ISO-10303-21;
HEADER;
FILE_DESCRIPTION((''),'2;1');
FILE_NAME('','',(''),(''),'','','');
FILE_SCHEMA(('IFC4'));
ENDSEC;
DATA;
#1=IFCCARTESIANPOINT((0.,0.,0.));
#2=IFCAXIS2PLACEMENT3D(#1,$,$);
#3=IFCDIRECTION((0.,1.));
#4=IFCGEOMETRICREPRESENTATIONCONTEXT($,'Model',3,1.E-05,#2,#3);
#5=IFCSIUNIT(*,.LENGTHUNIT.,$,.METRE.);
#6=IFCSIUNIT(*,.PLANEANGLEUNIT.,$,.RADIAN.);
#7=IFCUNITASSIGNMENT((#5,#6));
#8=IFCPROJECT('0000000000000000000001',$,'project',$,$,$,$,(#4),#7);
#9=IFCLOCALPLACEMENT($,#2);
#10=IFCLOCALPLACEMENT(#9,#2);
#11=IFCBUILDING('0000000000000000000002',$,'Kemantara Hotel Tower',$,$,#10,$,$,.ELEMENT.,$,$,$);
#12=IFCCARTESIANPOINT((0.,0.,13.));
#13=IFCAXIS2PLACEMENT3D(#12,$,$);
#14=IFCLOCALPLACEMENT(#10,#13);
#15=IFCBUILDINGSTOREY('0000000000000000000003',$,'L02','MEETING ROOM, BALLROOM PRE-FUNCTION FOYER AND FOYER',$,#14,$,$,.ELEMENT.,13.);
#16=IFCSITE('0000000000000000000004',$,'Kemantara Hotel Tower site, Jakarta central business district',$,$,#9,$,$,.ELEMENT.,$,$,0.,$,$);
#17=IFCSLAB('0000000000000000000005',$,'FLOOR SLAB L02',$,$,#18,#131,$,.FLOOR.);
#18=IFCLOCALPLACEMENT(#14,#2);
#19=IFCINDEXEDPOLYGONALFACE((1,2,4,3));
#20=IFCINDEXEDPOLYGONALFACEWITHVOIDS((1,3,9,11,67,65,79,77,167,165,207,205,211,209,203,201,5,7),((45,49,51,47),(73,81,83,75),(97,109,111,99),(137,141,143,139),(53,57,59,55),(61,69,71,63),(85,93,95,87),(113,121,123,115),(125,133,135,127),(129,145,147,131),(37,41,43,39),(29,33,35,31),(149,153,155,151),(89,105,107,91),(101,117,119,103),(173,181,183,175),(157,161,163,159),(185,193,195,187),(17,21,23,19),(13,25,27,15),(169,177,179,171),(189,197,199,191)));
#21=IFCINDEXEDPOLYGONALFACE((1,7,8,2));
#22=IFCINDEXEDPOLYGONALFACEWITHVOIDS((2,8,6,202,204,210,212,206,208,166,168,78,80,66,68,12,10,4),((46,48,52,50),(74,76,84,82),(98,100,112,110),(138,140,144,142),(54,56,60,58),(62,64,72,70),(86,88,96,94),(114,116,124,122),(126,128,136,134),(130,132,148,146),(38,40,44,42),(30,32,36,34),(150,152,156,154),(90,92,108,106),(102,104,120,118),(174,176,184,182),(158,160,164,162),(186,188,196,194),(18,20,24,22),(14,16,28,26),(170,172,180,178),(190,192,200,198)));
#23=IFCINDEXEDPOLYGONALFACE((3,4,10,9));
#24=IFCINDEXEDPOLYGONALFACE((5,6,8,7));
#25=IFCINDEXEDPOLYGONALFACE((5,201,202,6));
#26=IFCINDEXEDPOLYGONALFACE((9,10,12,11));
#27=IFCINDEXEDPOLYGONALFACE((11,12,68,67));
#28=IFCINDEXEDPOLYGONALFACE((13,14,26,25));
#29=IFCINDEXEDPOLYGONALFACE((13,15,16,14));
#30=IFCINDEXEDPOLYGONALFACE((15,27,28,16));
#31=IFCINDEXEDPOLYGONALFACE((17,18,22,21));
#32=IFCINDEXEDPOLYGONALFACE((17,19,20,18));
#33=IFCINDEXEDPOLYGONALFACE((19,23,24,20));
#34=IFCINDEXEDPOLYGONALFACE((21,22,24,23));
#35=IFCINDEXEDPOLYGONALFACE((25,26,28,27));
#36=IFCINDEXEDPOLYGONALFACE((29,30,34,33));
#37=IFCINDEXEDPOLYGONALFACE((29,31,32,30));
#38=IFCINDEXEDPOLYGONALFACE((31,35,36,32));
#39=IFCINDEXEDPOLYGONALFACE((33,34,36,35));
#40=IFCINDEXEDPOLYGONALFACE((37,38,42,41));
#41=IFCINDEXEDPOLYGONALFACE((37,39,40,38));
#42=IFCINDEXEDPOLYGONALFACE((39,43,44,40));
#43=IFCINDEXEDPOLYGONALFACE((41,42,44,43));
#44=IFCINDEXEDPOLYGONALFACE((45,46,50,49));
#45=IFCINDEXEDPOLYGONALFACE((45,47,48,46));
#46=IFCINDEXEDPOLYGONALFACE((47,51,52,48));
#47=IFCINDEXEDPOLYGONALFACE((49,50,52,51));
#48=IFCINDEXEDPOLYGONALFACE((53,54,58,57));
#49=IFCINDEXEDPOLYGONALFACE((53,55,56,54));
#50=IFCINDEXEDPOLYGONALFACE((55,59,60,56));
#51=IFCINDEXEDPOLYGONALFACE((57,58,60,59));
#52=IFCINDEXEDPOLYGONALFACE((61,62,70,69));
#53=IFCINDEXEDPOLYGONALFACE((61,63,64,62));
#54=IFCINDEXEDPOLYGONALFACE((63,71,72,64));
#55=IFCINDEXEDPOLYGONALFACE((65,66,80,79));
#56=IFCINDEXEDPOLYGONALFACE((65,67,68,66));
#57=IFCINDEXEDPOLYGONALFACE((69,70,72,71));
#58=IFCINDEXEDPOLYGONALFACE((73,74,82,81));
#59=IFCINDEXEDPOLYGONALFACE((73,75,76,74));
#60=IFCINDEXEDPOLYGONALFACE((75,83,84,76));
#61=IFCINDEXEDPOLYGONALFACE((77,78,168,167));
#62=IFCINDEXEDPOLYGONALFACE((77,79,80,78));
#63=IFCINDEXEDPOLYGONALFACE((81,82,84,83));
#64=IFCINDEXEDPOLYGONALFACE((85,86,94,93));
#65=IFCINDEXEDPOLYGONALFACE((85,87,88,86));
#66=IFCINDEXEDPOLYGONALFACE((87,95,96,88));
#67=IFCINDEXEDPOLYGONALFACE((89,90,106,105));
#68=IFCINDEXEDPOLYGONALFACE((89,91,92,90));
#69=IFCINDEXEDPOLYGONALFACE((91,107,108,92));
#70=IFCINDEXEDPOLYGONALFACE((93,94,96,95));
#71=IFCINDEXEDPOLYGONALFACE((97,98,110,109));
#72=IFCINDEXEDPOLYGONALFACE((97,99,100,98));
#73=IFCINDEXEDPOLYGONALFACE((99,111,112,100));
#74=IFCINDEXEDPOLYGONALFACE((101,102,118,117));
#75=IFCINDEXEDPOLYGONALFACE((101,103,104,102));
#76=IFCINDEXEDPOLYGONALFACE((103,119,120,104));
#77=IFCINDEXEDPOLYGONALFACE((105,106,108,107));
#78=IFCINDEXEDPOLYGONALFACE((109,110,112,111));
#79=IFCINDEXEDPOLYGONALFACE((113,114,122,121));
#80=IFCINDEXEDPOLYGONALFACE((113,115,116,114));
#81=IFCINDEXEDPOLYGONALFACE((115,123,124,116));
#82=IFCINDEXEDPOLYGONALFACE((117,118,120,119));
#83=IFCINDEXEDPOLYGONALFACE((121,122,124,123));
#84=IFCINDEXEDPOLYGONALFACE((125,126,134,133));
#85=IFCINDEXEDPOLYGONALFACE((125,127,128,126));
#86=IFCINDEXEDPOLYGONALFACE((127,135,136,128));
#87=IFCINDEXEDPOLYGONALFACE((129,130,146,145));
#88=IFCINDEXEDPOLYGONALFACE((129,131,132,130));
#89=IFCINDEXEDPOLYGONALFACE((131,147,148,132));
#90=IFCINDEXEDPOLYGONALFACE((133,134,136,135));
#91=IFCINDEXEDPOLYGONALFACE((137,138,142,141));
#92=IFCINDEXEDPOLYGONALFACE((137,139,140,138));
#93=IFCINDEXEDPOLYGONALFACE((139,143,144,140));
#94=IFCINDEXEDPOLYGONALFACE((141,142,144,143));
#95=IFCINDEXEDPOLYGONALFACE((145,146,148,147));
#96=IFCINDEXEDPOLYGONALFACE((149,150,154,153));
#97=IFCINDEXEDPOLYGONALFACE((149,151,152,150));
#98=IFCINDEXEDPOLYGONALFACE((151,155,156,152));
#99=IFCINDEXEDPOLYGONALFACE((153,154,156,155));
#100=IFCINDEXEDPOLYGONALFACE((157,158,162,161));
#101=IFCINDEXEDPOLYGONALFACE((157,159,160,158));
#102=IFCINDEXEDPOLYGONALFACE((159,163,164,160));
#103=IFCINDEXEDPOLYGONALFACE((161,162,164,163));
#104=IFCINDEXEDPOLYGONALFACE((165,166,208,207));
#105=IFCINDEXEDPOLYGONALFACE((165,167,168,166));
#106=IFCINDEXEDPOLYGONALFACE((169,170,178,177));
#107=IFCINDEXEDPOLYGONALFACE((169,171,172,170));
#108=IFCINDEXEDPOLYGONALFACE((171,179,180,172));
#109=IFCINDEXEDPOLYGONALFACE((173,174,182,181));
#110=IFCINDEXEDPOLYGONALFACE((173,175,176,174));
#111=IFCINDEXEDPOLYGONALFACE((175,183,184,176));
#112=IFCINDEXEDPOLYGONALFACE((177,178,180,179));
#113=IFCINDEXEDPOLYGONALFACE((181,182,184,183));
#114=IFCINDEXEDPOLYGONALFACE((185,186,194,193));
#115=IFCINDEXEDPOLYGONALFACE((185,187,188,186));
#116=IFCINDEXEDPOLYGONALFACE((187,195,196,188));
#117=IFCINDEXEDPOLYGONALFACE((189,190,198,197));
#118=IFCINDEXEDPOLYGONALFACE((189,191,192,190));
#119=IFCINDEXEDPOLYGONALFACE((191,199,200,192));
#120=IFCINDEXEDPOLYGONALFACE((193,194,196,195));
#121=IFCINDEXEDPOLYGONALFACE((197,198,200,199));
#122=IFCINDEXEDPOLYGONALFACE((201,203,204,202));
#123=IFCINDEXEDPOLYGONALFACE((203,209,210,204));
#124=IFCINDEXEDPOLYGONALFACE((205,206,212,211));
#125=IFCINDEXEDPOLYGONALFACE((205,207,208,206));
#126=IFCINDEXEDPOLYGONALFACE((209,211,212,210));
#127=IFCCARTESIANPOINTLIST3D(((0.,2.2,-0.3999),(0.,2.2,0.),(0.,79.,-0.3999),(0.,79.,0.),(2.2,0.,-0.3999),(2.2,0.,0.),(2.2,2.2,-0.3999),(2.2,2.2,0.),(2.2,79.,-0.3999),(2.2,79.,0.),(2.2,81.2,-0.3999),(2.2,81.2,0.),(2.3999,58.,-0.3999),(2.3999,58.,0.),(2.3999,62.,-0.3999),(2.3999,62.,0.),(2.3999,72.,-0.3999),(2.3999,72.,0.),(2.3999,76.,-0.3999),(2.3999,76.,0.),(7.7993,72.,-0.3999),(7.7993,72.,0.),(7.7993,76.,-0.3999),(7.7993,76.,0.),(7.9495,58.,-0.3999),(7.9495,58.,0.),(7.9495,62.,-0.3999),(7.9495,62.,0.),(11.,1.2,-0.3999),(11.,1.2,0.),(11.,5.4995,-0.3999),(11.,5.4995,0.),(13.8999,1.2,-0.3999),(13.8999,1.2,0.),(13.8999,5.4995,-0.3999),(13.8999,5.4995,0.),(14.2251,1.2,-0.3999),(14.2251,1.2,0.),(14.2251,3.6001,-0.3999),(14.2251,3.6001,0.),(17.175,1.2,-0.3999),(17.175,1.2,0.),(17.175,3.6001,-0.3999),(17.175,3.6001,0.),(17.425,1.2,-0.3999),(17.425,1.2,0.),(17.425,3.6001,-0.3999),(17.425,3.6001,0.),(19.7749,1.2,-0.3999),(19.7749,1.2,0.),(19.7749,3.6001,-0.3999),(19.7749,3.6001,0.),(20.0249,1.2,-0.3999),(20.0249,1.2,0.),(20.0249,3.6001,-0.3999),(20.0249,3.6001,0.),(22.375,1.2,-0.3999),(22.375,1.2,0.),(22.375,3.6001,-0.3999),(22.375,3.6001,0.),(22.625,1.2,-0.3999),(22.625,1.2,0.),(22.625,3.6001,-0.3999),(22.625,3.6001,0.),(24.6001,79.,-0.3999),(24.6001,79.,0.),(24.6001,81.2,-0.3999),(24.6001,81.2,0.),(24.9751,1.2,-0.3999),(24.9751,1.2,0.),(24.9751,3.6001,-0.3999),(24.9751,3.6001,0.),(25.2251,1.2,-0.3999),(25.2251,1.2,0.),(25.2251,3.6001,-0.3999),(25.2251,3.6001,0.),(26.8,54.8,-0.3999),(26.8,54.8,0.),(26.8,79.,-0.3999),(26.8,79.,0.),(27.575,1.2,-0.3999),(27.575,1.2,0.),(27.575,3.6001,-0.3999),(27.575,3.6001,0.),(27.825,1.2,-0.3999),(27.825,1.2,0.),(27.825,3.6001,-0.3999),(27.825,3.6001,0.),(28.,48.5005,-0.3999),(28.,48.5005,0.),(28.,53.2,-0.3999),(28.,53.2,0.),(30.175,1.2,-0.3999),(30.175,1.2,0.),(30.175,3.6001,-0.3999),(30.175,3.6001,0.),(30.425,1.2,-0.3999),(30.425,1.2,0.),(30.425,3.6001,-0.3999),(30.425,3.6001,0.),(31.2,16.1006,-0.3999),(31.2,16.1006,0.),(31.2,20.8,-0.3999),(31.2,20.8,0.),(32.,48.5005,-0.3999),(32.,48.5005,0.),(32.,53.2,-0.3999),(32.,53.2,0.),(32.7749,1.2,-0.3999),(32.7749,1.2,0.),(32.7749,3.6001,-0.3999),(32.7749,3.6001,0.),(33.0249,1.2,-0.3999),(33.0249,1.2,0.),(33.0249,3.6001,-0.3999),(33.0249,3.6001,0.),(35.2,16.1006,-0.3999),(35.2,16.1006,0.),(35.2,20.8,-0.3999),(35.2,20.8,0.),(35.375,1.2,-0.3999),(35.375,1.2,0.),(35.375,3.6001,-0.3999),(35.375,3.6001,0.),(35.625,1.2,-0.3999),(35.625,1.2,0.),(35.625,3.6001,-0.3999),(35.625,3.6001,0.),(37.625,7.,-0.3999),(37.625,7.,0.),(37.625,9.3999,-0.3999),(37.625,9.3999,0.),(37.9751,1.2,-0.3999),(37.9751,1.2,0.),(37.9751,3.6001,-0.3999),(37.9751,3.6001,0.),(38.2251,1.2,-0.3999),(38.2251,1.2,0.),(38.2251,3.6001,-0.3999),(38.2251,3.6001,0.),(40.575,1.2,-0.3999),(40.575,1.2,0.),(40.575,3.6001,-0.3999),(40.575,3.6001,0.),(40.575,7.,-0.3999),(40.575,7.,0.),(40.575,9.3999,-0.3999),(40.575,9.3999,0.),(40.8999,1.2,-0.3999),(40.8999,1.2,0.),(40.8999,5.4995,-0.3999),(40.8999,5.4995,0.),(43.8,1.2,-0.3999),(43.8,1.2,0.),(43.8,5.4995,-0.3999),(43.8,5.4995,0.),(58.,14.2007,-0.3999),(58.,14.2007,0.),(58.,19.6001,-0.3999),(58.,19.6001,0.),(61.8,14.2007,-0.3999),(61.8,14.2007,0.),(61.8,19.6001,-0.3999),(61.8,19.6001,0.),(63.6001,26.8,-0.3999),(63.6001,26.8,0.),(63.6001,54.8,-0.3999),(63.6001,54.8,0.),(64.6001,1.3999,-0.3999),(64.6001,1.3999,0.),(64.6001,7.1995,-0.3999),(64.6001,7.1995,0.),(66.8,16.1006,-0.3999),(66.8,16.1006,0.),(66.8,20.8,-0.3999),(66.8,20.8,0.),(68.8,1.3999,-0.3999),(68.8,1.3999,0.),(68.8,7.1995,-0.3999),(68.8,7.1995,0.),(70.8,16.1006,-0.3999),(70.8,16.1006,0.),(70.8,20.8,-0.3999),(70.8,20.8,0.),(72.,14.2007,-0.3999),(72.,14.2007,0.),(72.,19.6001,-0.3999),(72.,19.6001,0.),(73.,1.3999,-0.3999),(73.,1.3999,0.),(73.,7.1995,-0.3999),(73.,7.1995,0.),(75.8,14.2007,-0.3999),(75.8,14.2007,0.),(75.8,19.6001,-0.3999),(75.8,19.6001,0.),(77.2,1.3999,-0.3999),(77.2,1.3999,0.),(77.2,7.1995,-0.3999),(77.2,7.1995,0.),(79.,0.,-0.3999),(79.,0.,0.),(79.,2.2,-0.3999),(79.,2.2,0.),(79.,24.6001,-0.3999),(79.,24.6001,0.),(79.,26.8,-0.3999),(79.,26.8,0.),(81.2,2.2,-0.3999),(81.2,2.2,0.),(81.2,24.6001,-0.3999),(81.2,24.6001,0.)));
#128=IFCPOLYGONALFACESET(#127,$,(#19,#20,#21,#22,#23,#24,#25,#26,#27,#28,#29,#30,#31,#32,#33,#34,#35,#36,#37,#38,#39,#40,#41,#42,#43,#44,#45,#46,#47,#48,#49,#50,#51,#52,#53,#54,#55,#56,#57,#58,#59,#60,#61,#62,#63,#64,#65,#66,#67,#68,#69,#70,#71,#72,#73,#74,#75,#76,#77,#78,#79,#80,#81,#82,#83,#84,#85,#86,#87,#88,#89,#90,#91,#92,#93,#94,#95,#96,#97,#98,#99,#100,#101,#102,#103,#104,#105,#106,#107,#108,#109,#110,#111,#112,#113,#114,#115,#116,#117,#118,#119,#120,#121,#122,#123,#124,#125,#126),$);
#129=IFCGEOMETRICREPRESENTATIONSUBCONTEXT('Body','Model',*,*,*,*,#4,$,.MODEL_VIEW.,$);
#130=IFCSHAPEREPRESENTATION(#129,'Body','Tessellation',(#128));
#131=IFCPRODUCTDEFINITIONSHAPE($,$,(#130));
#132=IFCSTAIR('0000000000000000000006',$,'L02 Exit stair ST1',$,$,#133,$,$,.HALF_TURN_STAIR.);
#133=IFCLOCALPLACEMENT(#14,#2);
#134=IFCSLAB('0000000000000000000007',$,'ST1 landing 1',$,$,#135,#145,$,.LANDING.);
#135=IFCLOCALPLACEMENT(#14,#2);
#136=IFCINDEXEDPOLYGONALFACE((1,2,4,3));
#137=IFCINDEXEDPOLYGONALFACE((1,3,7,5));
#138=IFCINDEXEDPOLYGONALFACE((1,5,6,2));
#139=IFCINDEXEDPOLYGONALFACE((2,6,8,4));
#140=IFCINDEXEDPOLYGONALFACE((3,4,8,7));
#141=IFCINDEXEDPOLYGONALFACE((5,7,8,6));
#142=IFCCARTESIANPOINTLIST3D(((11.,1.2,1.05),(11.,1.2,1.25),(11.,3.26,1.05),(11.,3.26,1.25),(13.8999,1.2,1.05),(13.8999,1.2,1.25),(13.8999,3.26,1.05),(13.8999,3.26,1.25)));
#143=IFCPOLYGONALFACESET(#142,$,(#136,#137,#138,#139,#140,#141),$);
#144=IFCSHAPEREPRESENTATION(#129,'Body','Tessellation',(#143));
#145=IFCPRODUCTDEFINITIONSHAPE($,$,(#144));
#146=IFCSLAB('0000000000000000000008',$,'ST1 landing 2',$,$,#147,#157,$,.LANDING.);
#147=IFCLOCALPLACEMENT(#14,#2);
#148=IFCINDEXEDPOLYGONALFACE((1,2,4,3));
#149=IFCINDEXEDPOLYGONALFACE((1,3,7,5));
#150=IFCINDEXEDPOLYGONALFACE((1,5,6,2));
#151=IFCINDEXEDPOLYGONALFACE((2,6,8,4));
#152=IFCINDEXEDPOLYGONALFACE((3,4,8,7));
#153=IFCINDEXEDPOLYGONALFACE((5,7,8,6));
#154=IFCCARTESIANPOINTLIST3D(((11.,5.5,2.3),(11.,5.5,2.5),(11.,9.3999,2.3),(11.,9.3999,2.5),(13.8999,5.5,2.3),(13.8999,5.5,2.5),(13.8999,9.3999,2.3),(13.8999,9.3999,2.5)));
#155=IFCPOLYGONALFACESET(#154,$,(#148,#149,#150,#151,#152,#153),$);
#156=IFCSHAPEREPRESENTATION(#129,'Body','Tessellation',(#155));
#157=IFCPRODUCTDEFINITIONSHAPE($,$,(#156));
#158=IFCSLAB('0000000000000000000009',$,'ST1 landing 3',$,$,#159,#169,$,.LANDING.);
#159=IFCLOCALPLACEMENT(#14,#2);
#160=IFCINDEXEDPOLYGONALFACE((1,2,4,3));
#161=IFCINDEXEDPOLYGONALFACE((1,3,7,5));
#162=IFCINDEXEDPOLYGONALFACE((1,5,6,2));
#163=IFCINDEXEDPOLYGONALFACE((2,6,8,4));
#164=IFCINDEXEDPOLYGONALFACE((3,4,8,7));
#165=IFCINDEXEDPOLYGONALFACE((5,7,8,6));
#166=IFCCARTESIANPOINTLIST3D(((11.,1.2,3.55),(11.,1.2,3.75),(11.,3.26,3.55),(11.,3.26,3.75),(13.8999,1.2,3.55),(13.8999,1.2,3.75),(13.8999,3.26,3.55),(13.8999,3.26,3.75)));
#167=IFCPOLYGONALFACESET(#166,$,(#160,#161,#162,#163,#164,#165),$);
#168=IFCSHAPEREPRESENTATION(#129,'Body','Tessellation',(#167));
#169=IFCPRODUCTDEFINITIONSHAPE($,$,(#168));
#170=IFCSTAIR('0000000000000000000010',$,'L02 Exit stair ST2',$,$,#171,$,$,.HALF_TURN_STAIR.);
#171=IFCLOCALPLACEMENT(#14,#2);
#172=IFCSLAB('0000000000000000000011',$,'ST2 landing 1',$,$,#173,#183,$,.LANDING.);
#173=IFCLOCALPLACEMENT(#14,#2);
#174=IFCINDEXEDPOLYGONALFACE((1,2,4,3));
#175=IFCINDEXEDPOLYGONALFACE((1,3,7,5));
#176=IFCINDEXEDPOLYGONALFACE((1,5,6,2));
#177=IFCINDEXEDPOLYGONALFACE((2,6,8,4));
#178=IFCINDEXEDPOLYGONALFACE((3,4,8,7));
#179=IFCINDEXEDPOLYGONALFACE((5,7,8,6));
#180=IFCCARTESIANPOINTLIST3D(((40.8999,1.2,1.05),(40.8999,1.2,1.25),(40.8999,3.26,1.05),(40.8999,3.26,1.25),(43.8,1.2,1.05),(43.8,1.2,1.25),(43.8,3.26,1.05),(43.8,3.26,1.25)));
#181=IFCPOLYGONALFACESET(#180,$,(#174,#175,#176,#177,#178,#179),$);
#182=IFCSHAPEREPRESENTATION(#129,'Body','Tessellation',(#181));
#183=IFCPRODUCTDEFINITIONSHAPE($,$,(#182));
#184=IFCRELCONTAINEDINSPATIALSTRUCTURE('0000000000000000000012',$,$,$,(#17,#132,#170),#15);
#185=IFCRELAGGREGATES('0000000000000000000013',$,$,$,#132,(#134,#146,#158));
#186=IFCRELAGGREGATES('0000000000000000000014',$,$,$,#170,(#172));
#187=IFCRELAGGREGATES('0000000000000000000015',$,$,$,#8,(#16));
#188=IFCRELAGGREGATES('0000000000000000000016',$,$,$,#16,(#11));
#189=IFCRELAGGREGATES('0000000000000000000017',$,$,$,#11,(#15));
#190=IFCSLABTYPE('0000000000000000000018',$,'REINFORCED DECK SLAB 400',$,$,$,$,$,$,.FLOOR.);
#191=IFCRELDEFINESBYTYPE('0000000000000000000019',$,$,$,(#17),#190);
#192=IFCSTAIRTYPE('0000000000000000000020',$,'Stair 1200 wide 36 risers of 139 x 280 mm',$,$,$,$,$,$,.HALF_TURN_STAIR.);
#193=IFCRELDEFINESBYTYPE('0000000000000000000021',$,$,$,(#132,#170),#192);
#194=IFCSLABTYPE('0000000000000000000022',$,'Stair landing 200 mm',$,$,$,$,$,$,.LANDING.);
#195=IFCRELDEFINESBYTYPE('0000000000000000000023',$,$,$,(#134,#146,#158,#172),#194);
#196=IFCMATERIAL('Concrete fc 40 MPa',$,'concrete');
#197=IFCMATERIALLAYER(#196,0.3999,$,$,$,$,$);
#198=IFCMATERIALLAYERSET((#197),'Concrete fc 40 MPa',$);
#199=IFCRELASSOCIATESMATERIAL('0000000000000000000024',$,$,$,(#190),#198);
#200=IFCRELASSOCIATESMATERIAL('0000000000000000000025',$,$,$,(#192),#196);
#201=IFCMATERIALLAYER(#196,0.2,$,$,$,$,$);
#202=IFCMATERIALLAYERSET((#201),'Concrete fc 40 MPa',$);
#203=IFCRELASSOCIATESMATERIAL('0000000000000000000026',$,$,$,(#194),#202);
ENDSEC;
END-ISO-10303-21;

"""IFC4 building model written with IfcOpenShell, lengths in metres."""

from ifc_helpers import new_model, si_unit, direction, frame, origin, place, context, subcontext, project, spatial, polyline, outline, extrude, material, layer, layer_set, type_object, element, aggregate, save


model = new_model("IFC4")

# Units and contexts
model_context = context("Model", 3, precision=1e-05, world=origin(), true_north=direction((0.0, 1.0)))
body_context = subcontext(model_context, "Body", "Model", "MODEL_VIEW")
ifc_project = project(units=[si_unit("LENGTHUNIT", "METRE"), si_unit("PLANEANGLEUNIT", "RADIAN")], contexts=[model_context])

# Site, building, storey
site_placement = place(None, origin())
site = spatial("IfcSite", under=ifc_project, at=site_placement, Name="Kemantara Hotel Tower site, Jakarta central business district", CompositionType="ELEMENT", RefElevation=0.0)
building_placement = place(site_placement, origin())
building = spatial("IfcBuilding", under=site, at=building_placement, Name="Kemantara Hotel Tower", CompositionType="ELEMENT")
storey_placement = place(building_placement, frame((0.0, 0.0, 13.0)))
storey = spatial("IfcBuildingStorey", under=building, at=storey_placement, Name="L02", Description="MEETING ROOM, BALLROOM PRE-FUNCTION FOYER AND FOYER", CompositionType="ELEMENT", Elevation=13.0)

# Slab
ifc_material = material(Name="Concrete fc 40 MPa", Category="concrete")
ifc_layer_1 = layer(ifc_material, 0.3999)
ifc_layer_set_1 = layer_set([ifc_layer_1], Name="Concrete fc 40 MPa")
slab_type_1 = type_object("IfcSlabType", Name="REINFORCED DECK SLAB 400", PredefinedType="FLOOR", material=ifc_layer_set_1)
slab_1_placement = place(storey_placement, frame((0.0, 0.0, -0.3999)))
element("IfcSlab", 1, at=slab_1_placement, inside=storey, type_object=slab_type_1, Name="FLOOR SLAB L02", PredefinedType="FLOOR", context=body_context, shape_type="SweptSolid", body=[
    extrude(outline(polyline([(0.0, 2.2), (2.2, 2.2), (2.2, 0.0), (79.0, 0.0), (79.0, 2.2), (81.2, 2.2), (81.2, 24.6001), (79.0, 24.6001), (79.0, 26.8), (63.6001, 26.8), (63.6001, 54.8), (26.8, 54.8), (26.8, 79.0), (24.6001, 79.0), (24.6001, 81.2), (2.2, 81.2), (2.2, 79.0), (0.0, 79.0), (0.0, 2.2)]), holes=[polyline([(17.175, 1.2), (14.2251, 1.2), (14.2251, 3.6001), (17.175, 3.6001), (17.175, 1.2)]), polyline([(19.7749, 1.2), (17.425, 1.2), (17.425, 3.6001), (19.7749, 3.6001), (19.7749, 1.2)]), polyline([(22.375, 1.2), (20.0249, 1.2), (20.0249, 3.6001), (22.375, 3.6001), (22.375, 1.2)]), polyline([(22.625, 1.2), (22.625, 3.6001), (24.9751, 3.6001), (24.9751, 1.2), (22.625, 1.2)]), polyline([(25.2251, 1.2), (25.2251, 3.6001), (27.575, 3.6001), (27.575, 1.2), (25.2251, 1.2)]), polyline([(30.175, 1.2), (27.825, 1.2), (27.825, 3.6001), (30.175, 3.6001), (30.175, 1.2)]), polyline([(30.425, 1.2), (30.425, 3.6001), (32.7749, 3.6001), (32.7749, 1.2), (30.425, 1.2)]), polyline([(11.0, 5.4995), (13.8999, 5.4995), (13.8999, 1.2), (11.0, 1.2), (11.0, 5.4995)]), polyline([(32.0, 53.2), (32.0, 48.5005), (28.0, 48.5005), (28.0, 53.2), (32.0, 53.2)]), polyline([(7.9495, 62.0), (7.9495, 58.0), (2.3999, 58.0), (2.3999, 62.0), (7.9495, 62.0)]), polyline([(7.7993, 76.0), (7.7993, 72.0), (2.3999, 72.0), (2.3999, 76.0), (7.7993, 76.0)]), polyline([(35.375, 1.2), (33.0249, 1.2), (33.0249, 3.6001), (35.375, 3.6001), (35.375, 1.2)]), polyline([(37.9751, 1.2), (35.625, 1.2), (35.625, 3.6001), (37.9751, 3.6001), (37.9751, 1.2)]), polyline([(40.575, 1.2), (38.2251, 1.2), (38.2251, 3.6001), (40.575, 3.6001), (40.575, 1.2)]), polyline([(40.8999, 5.4995), (43.8, 5.4995), (43.8, 1.2), (40.8999, 1.2), (40.8999, 5.4995)]), polyline([(64.6001, 7.1995), (68.8, 7.1995), (68.8, 1.3999), (64.6001, 1.3999), (64.6001, 7.1995)]), polyline([(73.0, 1.3999), (73.0, 7.1995), (77.2, 7.1995), (77.2, 1.3999), (73.0, 1.3999)]), polyline([(37.625, 7.0), (37.625, 9.3999), (40.575, 9.3999), (40.575, 7.0), (37.625, 7.0)]), polyline([(61.8, 14.2007), (58.0, 14.2007), (58.0, 19.6001), (61.8, 19.6001), (61.8, 14.2007)]), polyline([(75.8, 19.6001), (75.8, 14.2007), (72.0, 14.2007), (72.0, 19.6001), (75.8, 19.6001)]), polyline([(35.2, 16.1006), (31.2, 16.1006), (31.2, 20.8), (35.2, 20.8), (35.2, 16.1006)]), polyline([(70.8, 16.1006), (66.8, 16.1006), (66.8, 20.8), (70.8, 20.8), (70.8, 16.1006)])]), origin(), (0.0, 0.0, 1.0), 0.3999),
])

# Stairs, slabs
stair_type_1 = type_object("IfcStairType", Name="Stair 1200 wide 36 risers of 139 x 280 mm", PredefinedType="HALF_TURN_STAIR", material=ifc_material)
stair_1_placement = place(storey_placement, origin())
stair_1 = element("IfcStair", 2, at=stair_1_placement, inside=storey, type_object=stair_type_1, Name="L02 Exit stair ST1", PredefinedType="HALF_TURN_STAIR")
ifc_layer_2 = layer(ifc_material, 0.2)
ifc_layer_set_2 = layer_set([ifc_layer_2], Name="Concrete fc 40 MPa")
slab_type_2 = type_object("IfcSlabType", Name="Stair landing 200 mm", PredefinedType="LANDING", material=ifc_layer_set_2)
slab_2_placement = place(storey_placement, frame((0.0, 0.0, 1.05)))
slab_2 = element("IfcSlab", 3, at=slab_2_placement, type_object=slab_type_2, Name="ST1 landing 1", PredefinedType="LANDING", context=body_context, shape_type="SweptSolid", body=[
    extrude(outline(polyline([(11.0, 3.26), (11.0, 1.2), (13.8999, 1.2), (13.8999, 3.26), (11.0, 3.26)])), origin(), (0.0, 0.0, 1.0), 0.2),
])
slab_3_placement = place(storey_placement, frame((0.0, 0.0, 2.3)))
slab_3 = element("IfcSlab", 4, at=slab_3_placement, type_object=slab_type_2, Name="ST1 landing 2", PredefinedType="LANDING", context=body_context, shape_type="SweptSolid", body=[
    extrude(outline(polyline([(11.0, 9.3999), (11.0, 5.5), (13.8999, 5.5), (13.8999, 9.3999), (11.0, 9.3999)])), origin(), (0.0, 0.0, 1.0), 0.2),
])
slab_4_placement = place(storey_placement, frame((0.0, 0.0, 3.55)))
slab_4 = element("IfcSlab", 5, at=slab_4_placement, type_object=slab_type_2, Name="ST1 landing 3", PredefinedType="LANDING", context=body_context, shape_type="SweptSolid", body=[
    extrude(outline(polyline([(11.0, 3.26), (11.0, 1.2), (13.8999, 1.2), (13.8999, 3.26), (11.0, 3.26)])), origin(), (0.0, 0.0, 1.0), 0.2),
])
aggregate(stair_1, [slab_2, slab_3, slab_4])
stair_2_placement = place(storey_placement, origin())
stair_2 = element("IfcStair", 6, at=stair_2_placement, inside=storey, type_object=stair_type_1, Name="L02 Exit stair ST2", PredefinedType="HALF_TURN_STAIR")
slab_5_placement = place(storey_placement, frame((0.0, 0.0, 1.05)))
slab_5 = element("IfcSlab", 7, at=slab_5_placement, type_object=slab_type_2, Name="ST2 landing 1", PredefinedType="LANDING", context=body_context, shape_type="SweptSolid", body=[
    extrude(outline(polyline([(40.8999, 3.26), (40.8999, 1.2), (43.8, 1.2), (43.8, 3.26), (40.8999, 3.26)])), origin(), (0.0, 0.0, 1.0), 0.2),
])
aggregate(stair_2, [slab_5])

save(model, "model.ifc")
